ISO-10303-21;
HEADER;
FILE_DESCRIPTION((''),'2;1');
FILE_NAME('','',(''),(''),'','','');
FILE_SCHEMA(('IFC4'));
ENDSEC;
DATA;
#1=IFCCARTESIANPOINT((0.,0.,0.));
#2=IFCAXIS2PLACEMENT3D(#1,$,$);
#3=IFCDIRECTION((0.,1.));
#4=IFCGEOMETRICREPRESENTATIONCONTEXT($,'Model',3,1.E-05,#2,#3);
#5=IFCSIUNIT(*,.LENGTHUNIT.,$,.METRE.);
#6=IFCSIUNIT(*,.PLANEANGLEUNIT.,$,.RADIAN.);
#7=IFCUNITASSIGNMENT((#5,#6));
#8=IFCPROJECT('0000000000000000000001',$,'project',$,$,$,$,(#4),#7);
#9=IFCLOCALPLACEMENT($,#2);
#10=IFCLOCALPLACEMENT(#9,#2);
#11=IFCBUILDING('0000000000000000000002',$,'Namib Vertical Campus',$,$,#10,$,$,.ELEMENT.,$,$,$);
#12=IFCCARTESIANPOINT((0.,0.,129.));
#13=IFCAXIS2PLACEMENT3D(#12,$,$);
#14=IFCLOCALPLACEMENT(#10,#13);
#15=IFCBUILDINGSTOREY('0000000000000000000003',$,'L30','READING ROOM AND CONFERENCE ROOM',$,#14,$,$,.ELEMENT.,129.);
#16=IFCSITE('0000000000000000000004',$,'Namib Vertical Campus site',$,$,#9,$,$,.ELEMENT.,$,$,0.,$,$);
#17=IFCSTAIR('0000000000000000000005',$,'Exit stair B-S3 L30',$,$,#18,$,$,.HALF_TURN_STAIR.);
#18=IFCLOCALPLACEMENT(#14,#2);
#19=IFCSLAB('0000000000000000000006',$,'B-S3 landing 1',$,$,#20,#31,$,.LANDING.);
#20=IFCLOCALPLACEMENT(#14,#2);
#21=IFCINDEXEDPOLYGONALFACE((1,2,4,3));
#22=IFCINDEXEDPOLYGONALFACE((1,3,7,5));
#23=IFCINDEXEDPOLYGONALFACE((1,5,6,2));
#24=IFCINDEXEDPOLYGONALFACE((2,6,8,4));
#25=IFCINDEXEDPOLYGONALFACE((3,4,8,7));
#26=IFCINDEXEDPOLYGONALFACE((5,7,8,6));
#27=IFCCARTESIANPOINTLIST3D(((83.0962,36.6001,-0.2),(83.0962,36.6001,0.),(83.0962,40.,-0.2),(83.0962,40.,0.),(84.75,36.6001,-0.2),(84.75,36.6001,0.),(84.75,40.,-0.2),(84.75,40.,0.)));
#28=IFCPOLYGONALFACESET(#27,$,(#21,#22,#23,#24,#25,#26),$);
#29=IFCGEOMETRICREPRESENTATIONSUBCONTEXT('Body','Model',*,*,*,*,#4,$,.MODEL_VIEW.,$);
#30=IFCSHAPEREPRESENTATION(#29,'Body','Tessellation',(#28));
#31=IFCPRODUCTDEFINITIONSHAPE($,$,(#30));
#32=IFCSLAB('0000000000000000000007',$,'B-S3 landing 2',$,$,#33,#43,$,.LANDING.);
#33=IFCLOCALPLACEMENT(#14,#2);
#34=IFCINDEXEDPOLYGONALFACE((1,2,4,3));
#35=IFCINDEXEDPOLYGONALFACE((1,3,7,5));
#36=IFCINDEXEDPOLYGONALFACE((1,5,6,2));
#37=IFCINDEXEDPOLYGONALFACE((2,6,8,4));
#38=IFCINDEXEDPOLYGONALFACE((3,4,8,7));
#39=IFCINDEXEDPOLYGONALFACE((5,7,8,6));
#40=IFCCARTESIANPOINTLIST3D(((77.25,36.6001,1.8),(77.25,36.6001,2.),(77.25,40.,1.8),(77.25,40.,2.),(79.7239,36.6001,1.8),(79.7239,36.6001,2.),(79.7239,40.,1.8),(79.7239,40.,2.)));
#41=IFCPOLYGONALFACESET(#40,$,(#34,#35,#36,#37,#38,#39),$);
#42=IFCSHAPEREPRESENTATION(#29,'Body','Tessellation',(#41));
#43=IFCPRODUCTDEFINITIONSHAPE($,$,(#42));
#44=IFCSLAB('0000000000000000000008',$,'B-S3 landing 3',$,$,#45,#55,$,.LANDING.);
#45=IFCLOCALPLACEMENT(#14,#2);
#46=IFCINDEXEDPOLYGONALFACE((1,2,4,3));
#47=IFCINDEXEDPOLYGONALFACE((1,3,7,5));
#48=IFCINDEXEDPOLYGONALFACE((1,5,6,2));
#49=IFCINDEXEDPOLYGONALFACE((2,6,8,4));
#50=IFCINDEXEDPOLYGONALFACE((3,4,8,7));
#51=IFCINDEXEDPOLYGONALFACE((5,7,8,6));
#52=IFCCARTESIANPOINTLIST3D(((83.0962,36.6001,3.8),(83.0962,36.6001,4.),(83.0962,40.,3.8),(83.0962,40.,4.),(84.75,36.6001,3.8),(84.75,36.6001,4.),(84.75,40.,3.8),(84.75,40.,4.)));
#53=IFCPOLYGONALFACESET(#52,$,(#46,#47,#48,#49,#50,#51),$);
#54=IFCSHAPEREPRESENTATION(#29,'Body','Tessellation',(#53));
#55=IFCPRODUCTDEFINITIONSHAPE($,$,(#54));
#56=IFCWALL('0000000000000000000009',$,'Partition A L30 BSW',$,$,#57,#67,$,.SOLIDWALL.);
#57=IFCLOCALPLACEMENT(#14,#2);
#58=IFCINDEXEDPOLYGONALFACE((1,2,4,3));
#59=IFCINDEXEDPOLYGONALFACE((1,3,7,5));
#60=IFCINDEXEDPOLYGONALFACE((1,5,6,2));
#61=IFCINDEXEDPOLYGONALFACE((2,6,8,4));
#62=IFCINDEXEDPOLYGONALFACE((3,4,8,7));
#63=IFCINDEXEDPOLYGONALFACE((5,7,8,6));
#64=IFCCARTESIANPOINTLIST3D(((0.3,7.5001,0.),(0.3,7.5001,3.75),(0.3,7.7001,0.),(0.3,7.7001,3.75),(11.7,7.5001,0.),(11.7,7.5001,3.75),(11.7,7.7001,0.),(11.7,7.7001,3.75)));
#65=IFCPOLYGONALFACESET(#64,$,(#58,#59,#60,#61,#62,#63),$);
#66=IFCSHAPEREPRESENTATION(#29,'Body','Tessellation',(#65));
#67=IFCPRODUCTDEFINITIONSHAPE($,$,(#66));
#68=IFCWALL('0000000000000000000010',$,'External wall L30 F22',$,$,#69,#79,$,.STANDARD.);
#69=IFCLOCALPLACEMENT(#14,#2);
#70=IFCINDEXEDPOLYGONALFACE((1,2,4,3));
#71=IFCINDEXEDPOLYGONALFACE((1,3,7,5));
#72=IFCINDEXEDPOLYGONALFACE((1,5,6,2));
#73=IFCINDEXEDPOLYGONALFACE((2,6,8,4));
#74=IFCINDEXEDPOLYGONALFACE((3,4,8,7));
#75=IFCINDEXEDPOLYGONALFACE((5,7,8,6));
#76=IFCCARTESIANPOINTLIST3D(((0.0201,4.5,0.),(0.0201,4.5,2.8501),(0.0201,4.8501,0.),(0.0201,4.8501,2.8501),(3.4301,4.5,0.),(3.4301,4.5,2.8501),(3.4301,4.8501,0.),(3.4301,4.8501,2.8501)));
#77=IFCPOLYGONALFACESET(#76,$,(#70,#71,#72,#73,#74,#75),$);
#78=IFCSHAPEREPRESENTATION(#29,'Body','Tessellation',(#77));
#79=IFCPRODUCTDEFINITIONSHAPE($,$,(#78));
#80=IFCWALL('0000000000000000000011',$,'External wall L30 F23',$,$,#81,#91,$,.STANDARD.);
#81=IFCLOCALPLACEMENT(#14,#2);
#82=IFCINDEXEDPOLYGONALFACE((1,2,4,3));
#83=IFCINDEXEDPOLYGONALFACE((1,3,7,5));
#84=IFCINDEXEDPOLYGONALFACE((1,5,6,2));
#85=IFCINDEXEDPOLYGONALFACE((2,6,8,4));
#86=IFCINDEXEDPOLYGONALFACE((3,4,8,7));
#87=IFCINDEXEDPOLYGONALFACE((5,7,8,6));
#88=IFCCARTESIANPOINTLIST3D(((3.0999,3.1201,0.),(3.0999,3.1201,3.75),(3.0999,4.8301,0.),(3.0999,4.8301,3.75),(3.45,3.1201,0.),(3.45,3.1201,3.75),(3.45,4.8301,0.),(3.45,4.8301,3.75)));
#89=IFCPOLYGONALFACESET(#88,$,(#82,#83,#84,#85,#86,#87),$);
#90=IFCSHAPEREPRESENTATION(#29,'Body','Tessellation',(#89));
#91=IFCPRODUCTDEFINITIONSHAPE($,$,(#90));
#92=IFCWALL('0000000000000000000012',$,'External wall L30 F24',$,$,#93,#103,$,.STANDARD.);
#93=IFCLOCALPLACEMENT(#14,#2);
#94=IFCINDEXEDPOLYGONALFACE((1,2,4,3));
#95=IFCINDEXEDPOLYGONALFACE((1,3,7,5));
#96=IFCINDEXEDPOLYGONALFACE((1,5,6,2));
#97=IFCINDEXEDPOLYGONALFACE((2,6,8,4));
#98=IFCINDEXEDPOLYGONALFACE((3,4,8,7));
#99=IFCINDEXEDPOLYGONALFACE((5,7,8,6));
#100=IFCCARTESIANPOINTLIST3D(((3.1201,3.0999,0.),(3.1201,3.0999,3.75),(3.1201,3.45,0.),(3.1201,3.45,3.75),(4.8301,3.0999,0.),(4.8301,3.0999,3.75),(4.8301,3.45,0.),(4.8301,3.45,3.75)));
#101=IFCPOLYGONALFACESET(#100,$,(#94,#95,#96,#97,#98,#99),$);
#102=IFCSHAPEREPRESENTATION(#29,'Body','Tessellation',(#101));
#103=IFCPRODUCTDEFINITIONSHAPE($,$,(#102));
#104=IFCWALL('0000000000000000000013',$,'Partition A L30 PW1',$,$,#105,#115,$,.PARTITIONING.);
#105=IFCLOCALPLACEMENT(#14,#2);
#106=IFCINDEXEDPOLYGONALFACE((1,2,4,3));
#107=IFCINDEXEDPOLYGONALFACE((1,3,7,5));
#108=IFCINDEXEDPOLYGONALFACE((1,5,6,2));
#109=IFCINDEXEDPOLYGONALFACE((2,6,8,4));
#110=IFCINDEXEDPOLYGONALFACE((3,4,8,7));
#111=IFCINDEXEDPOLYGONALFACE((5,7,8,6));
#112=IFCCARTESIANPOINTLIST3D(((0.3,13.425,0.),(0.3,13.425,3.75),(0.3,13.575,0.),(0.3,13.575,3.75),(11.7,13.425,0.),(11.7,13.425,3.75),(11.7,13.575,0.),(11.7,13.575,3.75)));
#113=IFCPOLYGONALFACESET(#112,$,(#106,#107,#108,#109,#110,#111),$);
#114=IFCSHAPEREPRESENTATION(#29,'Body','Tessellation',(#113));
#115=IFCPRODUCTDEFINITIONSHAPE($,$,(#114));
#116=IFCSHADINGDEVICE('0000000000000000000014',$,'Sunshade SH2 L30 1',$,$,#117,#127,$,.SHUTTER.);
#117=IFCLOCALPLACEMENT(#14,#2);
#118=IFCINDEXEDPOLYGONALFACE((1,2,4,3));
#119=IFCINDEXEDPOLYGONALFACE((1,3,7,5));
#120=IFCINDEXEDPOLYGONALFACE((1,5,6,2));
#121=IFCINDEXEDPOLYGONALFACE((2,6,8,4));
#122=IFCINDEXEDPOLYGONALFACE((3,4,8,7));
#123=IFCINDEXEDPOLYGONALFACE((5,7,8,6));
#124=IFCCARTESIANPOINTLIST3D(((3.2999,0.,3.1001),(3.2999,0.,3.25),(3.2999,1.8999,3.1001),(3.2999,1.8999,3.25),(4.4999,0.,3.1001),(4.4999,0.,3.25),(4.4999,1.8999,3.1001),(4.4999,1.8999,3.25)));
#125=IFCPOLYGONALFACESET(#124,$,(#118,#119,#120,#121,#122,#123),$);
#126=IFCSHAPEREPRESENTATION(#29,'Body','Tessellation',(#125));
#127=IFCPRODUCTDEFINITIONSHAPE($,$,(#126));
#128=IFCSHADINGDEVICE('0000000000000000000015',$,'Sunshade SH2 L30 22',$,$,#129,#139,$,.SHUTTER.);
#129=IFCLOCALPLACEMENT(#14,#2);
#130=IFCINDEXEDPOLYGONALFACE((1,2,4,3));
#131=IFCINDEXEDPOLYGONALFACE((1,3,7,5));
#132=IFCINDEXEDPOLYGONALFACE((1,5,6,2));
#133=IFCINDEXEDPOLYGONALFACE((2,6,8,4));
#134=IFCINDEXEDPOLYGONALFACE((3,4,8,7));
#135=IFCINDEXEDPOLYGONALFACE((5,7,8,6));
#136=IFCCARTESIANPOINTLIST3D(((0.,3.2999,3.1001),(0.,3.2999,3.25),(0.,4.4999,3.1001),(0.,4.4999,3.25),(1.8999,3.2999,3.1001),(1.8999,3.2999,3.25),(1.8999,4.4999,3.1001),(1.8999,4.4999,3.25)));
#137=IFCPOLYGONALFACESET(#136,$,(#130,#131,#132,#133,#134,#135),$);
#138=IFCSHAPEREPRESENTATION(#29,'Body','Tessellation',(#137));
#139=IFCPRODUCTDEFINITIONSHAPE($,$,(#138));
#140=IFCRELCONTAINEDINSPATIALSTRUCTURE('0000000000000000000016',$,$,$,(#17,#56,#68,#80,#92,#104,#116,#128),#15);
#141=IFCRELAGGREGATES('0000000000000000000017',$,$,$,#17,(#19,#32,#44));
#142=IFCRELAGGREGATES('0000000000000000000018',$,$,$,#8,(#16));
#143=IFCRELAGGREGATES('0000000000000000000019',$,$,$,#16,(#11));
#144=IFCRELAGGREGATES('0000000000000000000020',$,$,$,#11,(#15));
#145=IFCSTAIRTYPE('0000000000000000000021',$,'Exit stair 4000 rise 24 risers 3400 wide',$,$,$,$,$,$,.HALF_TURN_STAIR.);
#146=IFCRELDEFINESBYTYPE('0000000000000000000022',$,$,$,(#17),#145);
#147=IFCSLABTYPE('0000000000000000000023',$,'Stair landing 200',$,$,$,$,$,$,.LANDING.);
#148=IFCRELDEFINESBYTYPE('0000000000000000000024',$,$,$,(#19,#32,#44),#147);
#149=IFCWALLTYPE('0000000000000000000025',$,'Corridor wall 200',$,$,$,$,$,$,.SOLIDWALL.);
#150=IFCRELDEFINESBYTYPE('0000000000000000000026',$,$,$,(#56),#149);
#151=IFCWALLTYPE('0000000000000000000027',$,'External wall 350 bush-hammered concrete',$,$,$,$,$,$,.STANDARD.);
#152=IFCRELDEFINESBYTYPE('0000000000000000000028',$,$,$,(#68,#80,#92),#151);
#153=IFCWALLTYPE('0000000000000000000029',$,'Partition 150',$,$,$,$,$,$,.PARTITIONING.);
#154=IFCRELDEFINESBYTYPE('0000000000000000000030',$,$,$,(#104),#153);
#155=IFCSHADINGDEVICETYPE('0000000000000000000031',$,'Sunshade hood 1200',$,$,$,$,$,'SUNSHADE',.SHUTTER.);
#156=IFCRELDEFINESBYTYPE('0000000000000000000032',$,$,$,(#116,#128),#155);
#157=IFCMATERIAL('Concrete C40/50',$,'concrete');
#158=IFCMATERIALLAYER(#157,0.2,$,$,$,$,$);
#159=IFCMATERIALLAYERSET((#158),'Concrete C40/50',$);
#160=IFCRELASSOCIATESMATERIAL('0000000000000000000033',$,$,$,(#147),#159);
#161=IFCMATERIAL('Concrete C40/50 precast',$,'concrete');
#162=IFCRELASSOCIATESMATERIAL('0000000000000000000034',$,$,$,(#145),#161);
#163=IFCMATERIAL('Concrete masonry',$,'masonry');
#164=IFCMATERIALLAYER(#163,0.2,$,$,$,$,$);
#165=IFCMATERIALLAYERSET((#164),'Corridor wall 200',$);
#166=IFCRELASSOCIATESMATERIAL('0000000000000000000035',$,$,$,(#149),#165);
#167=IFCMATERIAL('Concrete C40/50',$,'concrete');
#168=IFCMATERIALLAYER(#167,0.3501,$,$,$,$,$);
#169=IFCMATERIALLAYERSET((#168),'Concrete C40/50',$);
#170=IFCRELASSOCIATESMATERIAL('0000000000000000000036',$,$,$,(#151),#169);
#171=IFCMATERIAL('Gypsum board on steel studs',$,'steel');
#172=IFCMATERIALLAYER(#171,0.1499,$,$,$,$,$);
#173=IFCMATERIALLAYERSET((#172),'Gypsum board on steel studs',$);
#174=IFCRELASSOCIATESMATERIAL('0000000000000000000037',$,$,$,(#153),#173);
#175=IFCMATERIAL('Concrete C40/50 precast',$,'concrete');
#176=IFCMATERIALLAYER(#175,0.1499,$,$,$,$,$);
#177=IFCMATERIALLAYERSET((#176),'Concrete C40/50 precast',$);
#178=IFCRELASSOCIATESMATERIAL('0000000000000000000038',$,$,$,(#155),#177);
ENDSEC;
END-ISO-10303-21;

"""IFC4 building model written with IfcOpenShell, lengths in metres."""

from ifc_helpers import new_model, si_unit, direction, frame, frame_2d, origin, origin_2d, place, context, subcontext, project, spatial, polyline, rectangle, outline, extrude, material, layer, layer_set, type_object, element, aggregate, save


model = new_model("IFC4")

# Units and contexts
model_context = context("Model", 3, precision=1e-05, world=origin(), true_north=direction((0.0, 1.0)))
body_context = subcontext(model_context, "Body", "Model", "MODEL_VIEW")
ifc_project = project(units=[si_unit("LENGTHUNIT", "METRE"), si_unit("PLANEANGLEUNIT", "RADIAN")], contexts=[model_context])

# Site, building, storey
site_placement = place(None, origin())
site = spatial("IfcSite", under=ifc_project, at=site_placement, Name="Namib Vertical Campus site", CompositionType="ELEMENT", RefElevation=0.0)
building_placement = place(site_placement, origin())
building = spatial("IfcBuilding", under=site, at=building_placement, Name="Namib Vertical Campus", CompositionType="ELEMENT")
storey_placement = place(building_placement, frame((0.0, 0.0, 129.0)))
storey = spatial("IfcBuildingStorey", under=building, at=storey_placement, Name="L30", Description="READING ROOM AND CONFERENCE ROOM", CompositionType="ELEMENT", Elevation=129.0)

# Stair, slabs
ifc_material_1 = material(Name="Concrete C40/50", Category="concrete")
ifc_layer_1 = layer(ifc_material_1, 0.2)
ifc_layer_set_1 = layer_set([ifc_layer_1], Name="Concrete C40/50")
slab_type_1 = type_object("IfcSlabType", Name="Stair landing 200", PredefinedType="LANDING", material=ifc_layer_set_1)
ifc_material_2 = material(Name="Concrete C40/50 precast", Category="concrete")
stair_type_1 = type_object("IfcStairType", Name="Exit stair 4000 rise 24 risers 3400 wide", PredefinedType="HALF_TURN_STAIR", material=ifc_material_2)
stair_1_placement = place(storey_placement, origin())
stair_1 = element("IfcStair", 1, at=stair_1_placement, inside=storey, type_object=stair_type_1, Name="Exit stair B-S3 L30", PredefinedType="HALF_TURN_STAIR")
slab_1_placement = place(storey_placement, frame((0.0, 0.0, -0.2)))
slab_1 = element("IfcSlab", 2, at=slab_1_placement, type_object=slab_type_1, Name="B-S3 landing 1", PredefinedType="LANDING", context=body_context, shape_type="SweptSolid", body=[
    extrude(outline(polyline([(83.0962, 36.6001), (83.0962, 40.0), (84.75, 40.0), (84.75, 36.6001), (83.0962, 36.6001)])), origin(), (0.0, 0.0, 1.0), 0.2),
])
slab_2_placement = place(storey_placement, frame((0.0, 0.0, 1.8)))
slab_2 = element("IfcSlab", 3, at=slab_2_placement, type_object=slab_type_1, Name="B-S3 landing 2", PredefinedType="LANDING", context=body_context, shape_type="SweptSolid", body=[
    extrude(outline(polyline([(77.25, 36.6001), (77.25, 40.0), (79.7239, 40.0), (79.7239, 36.6001), (77.25, 36.6001)])), origin(), (0.0, 0.0, 1.0), 0.2),
])
slab_3_placement = place(storey_placement, frame((0.0, 0.0, 3.8)))
slab_3 = element("IfcSlab", 4, at=slab_3_placement, type_object=slab_type_1, Name="B-S3 landing 3", PredefinedType="LANDING", context=body_context, shape_type="SweptSolid", body=[
    extrude(outline(polyline([(83.0962, 36.6001), (83.0962, 40.0), (84.75, 40.0), (84.75, 36.6001), (83.0962, 36.6001)])), origin(), (0.0, 0.0, 1.0), 0.2),
])
aggregate(stair_1, [slab_1, slab_2, slab_3])

# Walls
ifc_material_3 = material(Name="Concrete masonry", Category="masonry")
ifc_layer_2 = layer(ifc_material_3, 0.2)
ifc_layer_set_2 = layer_set([ifc_layer_2], Name="Corridor wall 200")
wall_type_1 = type_object("IfcWallType", Name="Corridor wall 200", PredefinedType="SOLIDWALL", material=ifc_layer_set_2)
wall_1_placement = place(storey_placement, frame((0.3, 7.6001, 0.0), z_axis=(0.0, 0.0, 1.0), x_axis=(1.0, 0.0, 0.0)))
element("IfcWall", 5, at=wall_1_placement, inside=storey, type_object=wall_type_1, Name="Partition A L30 BSW", PredefinedType="SOLIDWALL", context=body_context, shape_type="SweptSolid", body=[
    extrude(rectangle(XDim=11.3999, YDim=0.2, at=frame_2d((5.7, 0.0))), origin(), (0.0, 0.0, 1.0), 3.75),
])
ifc_material_4 = material(Name="Concrete C40/50", Category="concrete")
ifc_layer_3 = layer(ifc_material_4, 0.3501)
ifc_layer_set_3 = layer_set([ifc_layer_3], Name="Concrete C40/50")
wall_type_2 = type_object("IfcWallType", Name="External wall 350 bush-hammered concrete", PredefinedType="STANDARD", material=ifc_layer_set_3)
wall_2_placement = place(storey_placement, frame((0.02, 4.675, 0.0), z_axis=(0.0, 0.0, 1.0), x_axis=(1.0, 0.0, 0.0)))
element("IfcWall", 6, at=wall_2_placement, inside=storey, type_object=wall_type_2, Name="External wall L30 F22", PredefinedType="STANDARD", context=body_context, shape_type="SweptSolid", body=[
    extrude(rectangle(XDim=3.4099, YDim=0.3501, at=frame_2d((1.7051, 0.0))), origin(), (0.0, 0.0, 1.0), 2.8501),
])
for number, where, z_axis, x_axis, name in (
    (7, (3.2749, 4.8301, 0.0), (0.0, 0.0, 1.0), (0.0, -1.0, 0.0), "External wall L30 F23"),
    (8, (3.1201, 3.2749, 0.0), (0.0, 0.0, 1.0), (1.0, 0.0, 0.0), "External wall L30 F24"),
):
    element("IfcWall", number, at=place(storey_placement, frame(where, z_axis=z_axis, x_axis=x_axis)), inside=storey, type_object=wall_type_2, Name=name, PredefinedType="STANDARD", context=body_context, shape_type="SweptSolid", body=[
        extrude(rectangle(XDim=1.71, YDim=0.3501, at=frame_2d((0.855, 0.0))), origin(), (0.0, 0.0, 1.0), 3.75),
    ])
ifc_material_5 = material(Name="Gypsum board on steel studs", Category="steel")
ifc_layer_4 = layer(ifc_material_5, 0.1499)
ifc_layer_set_4 = layer_set([ifc_layer_4], Name="Gypsum board on steel studs")
wall_type_3 = type_object("IfcWallType", Name="Partition 150", PredefinedType="PARTITIONING", material=ifc_layer_set_4)
wall_3_placement = place(storey_placement, frame((0.3, 13.5, 0.0), z_axis=(0.0, 0.0, 1.0), x_axis=(1.0, 0.0, 0.0)))
element("IfcWall", 9, at=wall_3_placement, inside=storey, type_object=wall_type_3, Name="Partition A L30 PW1", PredefinedType="PARTITIONING", context=body_context, shape_type="SweptSolid", body=[
    extrude(rectangle(XDim=11.3999, YDim=0.1499, at=frame_2d((5.7, 0.0))), origin(), (0.0, 0.0, 1.0), 3.75),
])

# Shading devices
ifc_material_6 = material(Name="Concrete C40/50 precast", Category="concrete")
ifc_layer_5 = layer(ifc_material_6, 0.1499)
ifc_layer_set_5 = layer_set([ifc_layer_5], Name="Concrete C40/50 precast")
shading_device_type = type_object("IfcShadingDeviceType", Name="Sunshade hood 1200", ElementType="SUNSHADE", PredefinedType="SHUTTER", material=ifc_layer_set_5)
for number, where, z_axis, x_axis, name in (
    (10, (3.8999, 0.95, 3.1001), (0.0, 0.0, 1.0), (0.0, -1.0, 0.0), "Sunshade SH2 L30 1"),
    (11, (0.95, 3.8999, 3.1001), (0.0, 0.0, 1.0), (1.0, 0.0, 0.0), "Sunshade SH2 L30 22"),
):
    element("IfcShadingDevice", number, at=place(storey_placement, frame(where, z_axis=z_axis, x_axis=x_axis)), inside=storey, type_object=shading_device_type, Name=name, PredefinedType="SHUTTER", context=body_context, shape_type="SweptSolid", body=[
        extrude(rectangle(XDim=1.8999, YDim=1.2, at=origin_2d()), origin(), (0.0, 0.0, 1.0), 0.1499),
    ])

save(model, "model.ifc")
